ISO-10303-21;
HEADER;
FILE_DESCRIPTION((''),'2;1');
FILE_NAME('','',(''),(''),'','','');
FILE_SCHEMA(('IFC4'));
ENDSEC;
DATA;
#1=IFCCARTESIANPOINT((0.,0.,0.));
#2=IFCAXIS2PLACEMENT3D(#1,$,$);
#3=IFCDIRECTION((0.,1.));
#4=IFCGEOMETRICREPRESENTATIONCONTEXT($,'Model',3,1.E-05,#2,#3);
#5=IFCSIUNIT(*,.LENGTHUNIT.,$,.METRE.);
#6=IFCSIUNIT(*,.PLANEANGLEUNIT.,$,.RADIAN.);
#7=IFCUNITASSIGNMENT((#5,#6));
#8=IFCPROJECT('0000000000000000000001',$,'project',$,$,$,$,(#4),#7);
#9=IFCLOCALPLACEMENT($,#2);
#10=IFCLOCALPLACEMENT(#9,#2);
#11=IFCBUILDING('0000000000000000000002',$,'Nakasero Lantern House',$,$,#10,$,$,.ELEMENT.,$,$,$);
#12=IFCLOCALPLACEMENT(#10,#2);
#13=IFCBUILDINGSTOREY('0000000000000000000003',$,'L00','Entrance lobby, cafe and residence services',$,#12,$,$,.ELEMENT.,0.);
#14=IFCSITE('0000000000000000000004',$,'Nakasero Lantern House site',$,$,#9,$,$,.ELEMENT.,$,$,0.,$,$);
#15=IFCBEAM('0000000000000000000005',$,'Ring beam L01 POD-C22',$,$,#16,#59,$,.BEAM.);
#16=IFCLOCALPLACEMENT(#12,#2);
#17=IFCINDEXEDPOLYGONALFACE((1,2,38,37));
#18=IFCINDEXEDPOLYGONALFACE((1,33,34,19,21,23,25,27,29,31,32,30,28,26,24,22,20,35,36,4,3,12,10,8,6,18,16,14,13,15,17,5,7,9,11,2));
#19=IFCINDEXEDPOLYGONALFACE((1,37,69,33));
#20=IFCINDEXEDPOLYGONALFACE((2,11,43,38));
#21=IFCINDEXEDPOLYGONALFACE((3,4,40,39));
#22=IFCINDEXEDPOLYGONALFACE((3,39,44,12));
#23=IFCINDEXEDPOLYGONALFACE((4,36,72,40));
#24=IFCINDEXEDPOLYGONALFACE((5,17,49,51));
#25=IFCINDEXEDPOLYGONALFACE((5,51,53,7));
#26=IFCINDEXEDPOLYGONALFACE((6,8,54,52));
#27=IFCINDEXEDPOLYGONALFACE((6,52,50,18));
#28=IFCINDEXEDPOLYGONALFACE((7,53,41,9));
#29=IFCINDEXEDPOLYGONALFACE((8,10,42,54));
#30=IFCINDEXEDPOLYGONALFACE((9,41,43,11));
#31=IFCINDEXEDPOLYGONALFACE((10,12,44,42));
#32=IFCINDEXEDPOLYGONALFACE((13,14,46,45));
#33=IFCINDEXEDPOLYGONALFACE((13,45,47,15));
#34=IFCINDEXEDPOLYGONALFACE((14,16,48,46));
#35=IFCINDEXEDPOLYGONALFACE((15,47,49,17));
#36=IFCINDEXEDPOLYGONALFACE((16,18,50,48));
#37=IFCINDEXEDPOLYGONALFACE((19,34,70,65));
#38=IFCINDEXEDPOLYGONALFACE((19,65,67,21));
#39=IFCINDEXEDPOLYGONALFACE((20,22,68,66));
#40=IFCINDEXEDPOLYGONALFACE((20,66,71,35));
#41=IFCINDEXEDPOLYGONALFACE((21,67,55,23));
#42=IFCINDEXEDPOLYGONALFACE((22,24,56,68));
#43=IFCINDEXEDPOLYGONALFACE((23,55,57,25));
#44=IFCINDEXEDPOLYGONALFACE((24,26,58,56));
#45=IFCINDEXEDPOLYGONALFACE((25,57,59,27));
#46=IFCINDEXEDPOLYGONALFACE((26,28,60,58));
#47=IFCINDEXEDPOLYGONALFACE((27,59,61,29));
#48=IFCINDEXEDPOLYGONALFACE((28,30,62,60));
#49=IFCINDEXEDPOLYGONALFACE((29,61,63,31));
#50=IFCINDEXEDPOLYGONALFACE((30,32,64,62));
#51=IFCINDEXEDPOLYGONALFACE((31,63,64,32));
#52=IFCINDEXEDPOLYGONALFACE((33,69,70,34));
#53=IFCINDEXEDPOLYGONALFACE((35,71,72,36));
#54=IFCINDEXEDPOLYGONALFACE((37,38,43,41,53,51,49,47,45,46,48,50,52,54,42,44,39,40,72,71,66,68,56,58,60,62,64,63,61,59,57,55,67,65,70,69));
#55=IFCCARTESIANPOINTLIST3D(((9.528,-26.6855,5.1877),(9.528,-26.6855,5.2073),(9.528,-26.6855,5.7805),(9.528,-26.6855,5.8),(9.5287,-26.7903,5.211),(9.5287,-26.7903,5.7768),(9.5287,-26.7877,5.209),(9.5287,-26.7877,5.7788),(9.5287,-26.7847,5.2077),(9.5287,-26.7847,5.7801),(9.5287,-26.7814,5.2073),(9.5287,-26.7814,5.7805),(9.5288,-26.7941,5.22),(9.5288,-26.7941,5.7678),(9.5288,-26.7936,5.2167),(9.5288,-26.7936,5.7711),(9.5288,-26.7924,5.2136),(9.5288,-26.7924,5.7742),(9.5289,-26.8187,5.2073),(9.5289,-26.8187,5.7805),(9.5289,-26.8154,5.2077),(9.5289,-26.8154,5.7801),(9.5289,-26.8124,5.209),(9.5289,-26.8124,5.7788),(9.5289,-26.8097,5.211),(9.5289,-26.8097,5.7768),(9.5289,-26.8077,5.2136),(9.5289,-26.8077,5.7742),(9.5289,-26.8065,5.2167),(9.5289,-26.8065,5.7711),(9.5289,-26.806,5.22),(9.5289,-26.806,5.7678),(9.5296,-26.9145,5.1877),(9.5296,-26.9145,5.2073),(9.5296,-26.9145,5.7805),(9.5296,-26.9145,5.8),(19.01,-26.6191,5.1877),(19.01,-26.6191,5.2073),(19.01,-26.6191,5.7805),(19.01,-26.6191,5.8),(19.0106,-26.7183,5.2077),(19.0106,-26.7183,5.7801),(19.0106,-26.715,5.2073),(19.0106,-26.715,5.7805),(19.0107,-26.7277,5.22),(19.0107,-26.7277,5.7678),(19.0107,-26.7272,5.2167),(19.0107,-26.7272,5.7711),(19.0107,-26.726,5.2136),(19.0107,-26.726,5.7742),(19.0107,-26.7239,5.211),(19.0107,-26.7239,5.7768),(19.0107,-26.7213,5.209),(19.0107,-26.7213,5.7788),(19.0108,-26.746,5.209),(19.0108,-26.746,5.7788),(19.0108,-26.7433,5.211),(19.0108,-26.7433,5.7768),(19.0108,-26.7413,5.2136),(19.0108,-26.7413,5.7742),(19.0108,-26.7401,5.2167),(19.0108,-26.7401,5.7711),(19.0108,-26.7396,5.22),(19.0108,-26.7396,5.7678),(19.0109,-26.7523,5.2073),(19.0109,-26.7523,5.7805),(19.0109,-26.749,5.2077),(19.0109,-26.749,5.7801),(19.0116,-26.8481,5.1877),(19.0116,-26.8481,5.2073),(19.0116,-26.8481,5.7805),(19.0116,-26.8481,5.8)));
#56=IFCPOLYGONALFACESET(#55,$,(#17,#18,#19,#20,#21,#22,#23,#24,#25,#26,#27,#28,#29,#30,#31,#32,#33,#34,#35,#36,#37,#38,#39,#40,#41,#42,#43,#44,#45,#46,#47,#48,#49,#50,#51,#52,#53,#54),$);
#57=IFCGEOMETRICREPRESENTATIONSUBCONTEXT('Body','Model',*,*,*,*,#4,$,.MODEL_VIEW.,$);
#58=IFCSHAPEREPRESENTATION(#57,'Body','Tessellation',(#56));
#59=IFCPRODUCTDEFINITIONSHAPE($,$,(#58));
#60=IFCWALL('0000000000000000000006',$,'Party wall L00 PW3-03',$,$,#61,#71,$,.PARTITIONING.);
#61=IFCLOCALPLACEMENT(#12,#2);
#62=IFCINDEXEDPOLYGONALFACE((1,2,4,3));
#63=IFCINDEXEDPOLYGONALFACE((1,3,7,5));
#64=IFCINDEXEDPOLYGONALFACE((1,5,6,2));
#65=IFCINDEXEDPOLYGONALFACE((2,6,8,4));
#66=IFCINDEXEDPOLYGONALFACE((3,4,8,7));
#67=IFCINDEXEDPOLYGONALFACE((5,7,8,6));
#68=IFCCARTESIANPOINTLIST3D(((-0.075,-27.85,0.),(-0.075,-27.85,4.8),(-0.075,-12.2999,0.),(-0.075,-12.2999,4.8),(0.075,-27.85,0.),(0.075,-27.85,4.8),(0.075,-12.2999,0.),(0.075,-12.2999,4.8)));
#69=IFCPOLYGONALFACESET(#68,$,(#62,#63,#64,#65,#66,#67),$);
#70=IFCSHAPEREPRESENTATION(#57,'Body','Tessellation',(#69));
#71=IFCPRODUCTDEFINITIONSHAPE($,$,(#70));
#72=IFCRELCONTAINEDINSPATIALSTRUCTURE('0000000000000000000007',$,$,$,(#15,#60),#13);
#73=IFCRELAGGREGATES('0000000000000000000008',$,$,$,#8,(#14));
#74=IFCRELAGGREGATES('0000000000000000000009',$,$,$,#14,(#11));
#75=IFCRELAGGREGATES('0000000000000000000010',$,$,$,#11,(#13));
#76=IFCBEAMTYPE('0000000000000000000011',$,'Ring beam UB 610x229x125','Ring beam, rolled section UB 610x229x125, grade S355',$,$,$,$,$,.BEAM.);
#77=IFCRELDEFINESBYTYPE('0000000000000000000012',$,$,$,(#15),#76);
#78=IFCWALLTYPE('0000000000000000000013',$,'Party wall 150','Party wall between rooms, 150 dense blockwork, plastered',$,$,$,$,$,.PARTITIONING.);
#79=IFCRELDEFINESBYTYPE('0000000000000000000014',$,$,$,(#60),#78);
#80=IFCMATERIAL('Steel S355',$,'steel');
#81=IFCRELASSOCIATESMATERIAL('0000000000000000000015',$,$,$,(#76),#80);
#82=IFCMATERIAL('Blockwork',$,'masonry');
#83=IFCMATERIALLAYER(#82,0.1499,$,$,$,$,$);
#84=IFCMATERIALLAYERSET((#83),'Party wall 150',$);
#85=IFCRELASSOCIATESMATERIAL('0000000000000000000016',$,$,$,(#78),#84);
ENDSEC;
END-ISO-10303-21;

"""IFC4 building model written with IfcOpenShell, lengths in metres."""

from ifc_helpers import new_model, si_unit, direction, frame, frame_2d, origin, origin_2d, place, context, subcontext, project, spatial, rectangle, i_section, extrude, material, layer, layer_set, material_profile, profile_set, type_object, element, save


model = new_model("IFC4")

# Units and contexts
model_context = context("Model", 3, precision=1e-05, world=origin(), true_north=direction((0.0, 1.0)))
body_context = subcontext(model_context, "Body", "Model", "MODEL_VIEW")
ifc_project = project(units=[si_unit("LENGTHUNIT", "METRE"), si_unit("PLANEANGLEUNIT", "RADIAN")], contexts=[model_context])

# Site, building, storey
site_placement = place(None, origin())
site = spatial("IfcSite", under=ifc_project, at=site_placement, Name="Nakasero Lantern House site", CompositionType="ELEMENT", RefElevation=0.0)
building_placement = place(site_placement, origin())
building = spatial("IfcBuilding", under=site, at=building_placement, Name="Nakasero Lantern House", CompositionType="ELEMENT")
storey_placement = place(building_placement, origin())
storey = spatial("IfcBuildingStorey", under=building, at=storey_placement, Name="L00", Description="Entrance lobby, cafe and residence services", CompositionType="ELEMENT", Elevation=0.0)

# Beam
ifc_material_1 = material(Name="Steel S355", Category="steel")
ifc_material_profile_1 = material_profile(ifc_material_1, i_section(OverallWidth=0.229, OverallDepth=0.6123, WebThickness=0.012, FlangeThickness=0.0195, FilletRadius=0.0127, at=origin_2d()), Name="UB 610x229x125")
ifc_profile_set_1 = profile_set([ifc_material_profile_1], Name="Steel S355")
beam_type_1 = type_object("IfcBeamType", Name="Ring beam UB 610x229x125", Description="Ring beam, rolled section UB 610x229x125, grade S355", PredefinedType="BEAM", material=ifc_profile_set_1)
beam_1_placement = place(storey_placement, frame((9.5288, -26.8, 5.4939), z_axis=(0.999975, 0.007003, 0.0), x_axis=(-0.007003, 0.999975, 0.0)))
element("IfcBeam", 1, at=beam_1_placement, inside=storey, type_object=beam_type_1, Name="Ring beam L01 POD-C22", PredefinedType="BEAM", context=body_context, shape_type="SweptSolid", body=[
    extrude(i_section(OverallWidth=0.229, OverallDepth=0.6123, WebThickness=0.012, FlangeThickness=0.0195, FilletRadius=0.0127, at=origin_2d()), origin(), (0.0, 0.0, 1.0), 9.4822),
])

# Wall
ifc_material_2 = material(Name="Blockwork", Category="masonry")
ifc_layer = layer(ifc_material_2, 0.1499)
ifc_layer_set = layer_set([ifc_layer], Name="Party wall 150")
wall_type = type_object("IfcWallType", Name="Party wall 150", Description="Party wall between rooms, 150 dense blockwork, plastered", PredefinedType="PARTITIONING", material=ifc_layer_set)
wall_placement = place(storey_placement, frame((0.0, -12.3, 0.0), z_axis=(0.0, 0.0, 1.0), x_axis=(0.0, -1.0, 0.0)))
element("IfcWall", 2, at=wall_placement, inside=storey, type_object=wall_type, Name="Party wall L00 PW3-03", PredefinedType="PARTITIONING", context=body_context, shape_type="SweptSolid", body=[
    extrude(rectangle(XDim=15.55, YDim=0.1499, at=frame_2d((7.7749, 0.0))), origin(), (0.0, 0.0, 1.0), 4.8),
])

save(model, "model.ifc")
